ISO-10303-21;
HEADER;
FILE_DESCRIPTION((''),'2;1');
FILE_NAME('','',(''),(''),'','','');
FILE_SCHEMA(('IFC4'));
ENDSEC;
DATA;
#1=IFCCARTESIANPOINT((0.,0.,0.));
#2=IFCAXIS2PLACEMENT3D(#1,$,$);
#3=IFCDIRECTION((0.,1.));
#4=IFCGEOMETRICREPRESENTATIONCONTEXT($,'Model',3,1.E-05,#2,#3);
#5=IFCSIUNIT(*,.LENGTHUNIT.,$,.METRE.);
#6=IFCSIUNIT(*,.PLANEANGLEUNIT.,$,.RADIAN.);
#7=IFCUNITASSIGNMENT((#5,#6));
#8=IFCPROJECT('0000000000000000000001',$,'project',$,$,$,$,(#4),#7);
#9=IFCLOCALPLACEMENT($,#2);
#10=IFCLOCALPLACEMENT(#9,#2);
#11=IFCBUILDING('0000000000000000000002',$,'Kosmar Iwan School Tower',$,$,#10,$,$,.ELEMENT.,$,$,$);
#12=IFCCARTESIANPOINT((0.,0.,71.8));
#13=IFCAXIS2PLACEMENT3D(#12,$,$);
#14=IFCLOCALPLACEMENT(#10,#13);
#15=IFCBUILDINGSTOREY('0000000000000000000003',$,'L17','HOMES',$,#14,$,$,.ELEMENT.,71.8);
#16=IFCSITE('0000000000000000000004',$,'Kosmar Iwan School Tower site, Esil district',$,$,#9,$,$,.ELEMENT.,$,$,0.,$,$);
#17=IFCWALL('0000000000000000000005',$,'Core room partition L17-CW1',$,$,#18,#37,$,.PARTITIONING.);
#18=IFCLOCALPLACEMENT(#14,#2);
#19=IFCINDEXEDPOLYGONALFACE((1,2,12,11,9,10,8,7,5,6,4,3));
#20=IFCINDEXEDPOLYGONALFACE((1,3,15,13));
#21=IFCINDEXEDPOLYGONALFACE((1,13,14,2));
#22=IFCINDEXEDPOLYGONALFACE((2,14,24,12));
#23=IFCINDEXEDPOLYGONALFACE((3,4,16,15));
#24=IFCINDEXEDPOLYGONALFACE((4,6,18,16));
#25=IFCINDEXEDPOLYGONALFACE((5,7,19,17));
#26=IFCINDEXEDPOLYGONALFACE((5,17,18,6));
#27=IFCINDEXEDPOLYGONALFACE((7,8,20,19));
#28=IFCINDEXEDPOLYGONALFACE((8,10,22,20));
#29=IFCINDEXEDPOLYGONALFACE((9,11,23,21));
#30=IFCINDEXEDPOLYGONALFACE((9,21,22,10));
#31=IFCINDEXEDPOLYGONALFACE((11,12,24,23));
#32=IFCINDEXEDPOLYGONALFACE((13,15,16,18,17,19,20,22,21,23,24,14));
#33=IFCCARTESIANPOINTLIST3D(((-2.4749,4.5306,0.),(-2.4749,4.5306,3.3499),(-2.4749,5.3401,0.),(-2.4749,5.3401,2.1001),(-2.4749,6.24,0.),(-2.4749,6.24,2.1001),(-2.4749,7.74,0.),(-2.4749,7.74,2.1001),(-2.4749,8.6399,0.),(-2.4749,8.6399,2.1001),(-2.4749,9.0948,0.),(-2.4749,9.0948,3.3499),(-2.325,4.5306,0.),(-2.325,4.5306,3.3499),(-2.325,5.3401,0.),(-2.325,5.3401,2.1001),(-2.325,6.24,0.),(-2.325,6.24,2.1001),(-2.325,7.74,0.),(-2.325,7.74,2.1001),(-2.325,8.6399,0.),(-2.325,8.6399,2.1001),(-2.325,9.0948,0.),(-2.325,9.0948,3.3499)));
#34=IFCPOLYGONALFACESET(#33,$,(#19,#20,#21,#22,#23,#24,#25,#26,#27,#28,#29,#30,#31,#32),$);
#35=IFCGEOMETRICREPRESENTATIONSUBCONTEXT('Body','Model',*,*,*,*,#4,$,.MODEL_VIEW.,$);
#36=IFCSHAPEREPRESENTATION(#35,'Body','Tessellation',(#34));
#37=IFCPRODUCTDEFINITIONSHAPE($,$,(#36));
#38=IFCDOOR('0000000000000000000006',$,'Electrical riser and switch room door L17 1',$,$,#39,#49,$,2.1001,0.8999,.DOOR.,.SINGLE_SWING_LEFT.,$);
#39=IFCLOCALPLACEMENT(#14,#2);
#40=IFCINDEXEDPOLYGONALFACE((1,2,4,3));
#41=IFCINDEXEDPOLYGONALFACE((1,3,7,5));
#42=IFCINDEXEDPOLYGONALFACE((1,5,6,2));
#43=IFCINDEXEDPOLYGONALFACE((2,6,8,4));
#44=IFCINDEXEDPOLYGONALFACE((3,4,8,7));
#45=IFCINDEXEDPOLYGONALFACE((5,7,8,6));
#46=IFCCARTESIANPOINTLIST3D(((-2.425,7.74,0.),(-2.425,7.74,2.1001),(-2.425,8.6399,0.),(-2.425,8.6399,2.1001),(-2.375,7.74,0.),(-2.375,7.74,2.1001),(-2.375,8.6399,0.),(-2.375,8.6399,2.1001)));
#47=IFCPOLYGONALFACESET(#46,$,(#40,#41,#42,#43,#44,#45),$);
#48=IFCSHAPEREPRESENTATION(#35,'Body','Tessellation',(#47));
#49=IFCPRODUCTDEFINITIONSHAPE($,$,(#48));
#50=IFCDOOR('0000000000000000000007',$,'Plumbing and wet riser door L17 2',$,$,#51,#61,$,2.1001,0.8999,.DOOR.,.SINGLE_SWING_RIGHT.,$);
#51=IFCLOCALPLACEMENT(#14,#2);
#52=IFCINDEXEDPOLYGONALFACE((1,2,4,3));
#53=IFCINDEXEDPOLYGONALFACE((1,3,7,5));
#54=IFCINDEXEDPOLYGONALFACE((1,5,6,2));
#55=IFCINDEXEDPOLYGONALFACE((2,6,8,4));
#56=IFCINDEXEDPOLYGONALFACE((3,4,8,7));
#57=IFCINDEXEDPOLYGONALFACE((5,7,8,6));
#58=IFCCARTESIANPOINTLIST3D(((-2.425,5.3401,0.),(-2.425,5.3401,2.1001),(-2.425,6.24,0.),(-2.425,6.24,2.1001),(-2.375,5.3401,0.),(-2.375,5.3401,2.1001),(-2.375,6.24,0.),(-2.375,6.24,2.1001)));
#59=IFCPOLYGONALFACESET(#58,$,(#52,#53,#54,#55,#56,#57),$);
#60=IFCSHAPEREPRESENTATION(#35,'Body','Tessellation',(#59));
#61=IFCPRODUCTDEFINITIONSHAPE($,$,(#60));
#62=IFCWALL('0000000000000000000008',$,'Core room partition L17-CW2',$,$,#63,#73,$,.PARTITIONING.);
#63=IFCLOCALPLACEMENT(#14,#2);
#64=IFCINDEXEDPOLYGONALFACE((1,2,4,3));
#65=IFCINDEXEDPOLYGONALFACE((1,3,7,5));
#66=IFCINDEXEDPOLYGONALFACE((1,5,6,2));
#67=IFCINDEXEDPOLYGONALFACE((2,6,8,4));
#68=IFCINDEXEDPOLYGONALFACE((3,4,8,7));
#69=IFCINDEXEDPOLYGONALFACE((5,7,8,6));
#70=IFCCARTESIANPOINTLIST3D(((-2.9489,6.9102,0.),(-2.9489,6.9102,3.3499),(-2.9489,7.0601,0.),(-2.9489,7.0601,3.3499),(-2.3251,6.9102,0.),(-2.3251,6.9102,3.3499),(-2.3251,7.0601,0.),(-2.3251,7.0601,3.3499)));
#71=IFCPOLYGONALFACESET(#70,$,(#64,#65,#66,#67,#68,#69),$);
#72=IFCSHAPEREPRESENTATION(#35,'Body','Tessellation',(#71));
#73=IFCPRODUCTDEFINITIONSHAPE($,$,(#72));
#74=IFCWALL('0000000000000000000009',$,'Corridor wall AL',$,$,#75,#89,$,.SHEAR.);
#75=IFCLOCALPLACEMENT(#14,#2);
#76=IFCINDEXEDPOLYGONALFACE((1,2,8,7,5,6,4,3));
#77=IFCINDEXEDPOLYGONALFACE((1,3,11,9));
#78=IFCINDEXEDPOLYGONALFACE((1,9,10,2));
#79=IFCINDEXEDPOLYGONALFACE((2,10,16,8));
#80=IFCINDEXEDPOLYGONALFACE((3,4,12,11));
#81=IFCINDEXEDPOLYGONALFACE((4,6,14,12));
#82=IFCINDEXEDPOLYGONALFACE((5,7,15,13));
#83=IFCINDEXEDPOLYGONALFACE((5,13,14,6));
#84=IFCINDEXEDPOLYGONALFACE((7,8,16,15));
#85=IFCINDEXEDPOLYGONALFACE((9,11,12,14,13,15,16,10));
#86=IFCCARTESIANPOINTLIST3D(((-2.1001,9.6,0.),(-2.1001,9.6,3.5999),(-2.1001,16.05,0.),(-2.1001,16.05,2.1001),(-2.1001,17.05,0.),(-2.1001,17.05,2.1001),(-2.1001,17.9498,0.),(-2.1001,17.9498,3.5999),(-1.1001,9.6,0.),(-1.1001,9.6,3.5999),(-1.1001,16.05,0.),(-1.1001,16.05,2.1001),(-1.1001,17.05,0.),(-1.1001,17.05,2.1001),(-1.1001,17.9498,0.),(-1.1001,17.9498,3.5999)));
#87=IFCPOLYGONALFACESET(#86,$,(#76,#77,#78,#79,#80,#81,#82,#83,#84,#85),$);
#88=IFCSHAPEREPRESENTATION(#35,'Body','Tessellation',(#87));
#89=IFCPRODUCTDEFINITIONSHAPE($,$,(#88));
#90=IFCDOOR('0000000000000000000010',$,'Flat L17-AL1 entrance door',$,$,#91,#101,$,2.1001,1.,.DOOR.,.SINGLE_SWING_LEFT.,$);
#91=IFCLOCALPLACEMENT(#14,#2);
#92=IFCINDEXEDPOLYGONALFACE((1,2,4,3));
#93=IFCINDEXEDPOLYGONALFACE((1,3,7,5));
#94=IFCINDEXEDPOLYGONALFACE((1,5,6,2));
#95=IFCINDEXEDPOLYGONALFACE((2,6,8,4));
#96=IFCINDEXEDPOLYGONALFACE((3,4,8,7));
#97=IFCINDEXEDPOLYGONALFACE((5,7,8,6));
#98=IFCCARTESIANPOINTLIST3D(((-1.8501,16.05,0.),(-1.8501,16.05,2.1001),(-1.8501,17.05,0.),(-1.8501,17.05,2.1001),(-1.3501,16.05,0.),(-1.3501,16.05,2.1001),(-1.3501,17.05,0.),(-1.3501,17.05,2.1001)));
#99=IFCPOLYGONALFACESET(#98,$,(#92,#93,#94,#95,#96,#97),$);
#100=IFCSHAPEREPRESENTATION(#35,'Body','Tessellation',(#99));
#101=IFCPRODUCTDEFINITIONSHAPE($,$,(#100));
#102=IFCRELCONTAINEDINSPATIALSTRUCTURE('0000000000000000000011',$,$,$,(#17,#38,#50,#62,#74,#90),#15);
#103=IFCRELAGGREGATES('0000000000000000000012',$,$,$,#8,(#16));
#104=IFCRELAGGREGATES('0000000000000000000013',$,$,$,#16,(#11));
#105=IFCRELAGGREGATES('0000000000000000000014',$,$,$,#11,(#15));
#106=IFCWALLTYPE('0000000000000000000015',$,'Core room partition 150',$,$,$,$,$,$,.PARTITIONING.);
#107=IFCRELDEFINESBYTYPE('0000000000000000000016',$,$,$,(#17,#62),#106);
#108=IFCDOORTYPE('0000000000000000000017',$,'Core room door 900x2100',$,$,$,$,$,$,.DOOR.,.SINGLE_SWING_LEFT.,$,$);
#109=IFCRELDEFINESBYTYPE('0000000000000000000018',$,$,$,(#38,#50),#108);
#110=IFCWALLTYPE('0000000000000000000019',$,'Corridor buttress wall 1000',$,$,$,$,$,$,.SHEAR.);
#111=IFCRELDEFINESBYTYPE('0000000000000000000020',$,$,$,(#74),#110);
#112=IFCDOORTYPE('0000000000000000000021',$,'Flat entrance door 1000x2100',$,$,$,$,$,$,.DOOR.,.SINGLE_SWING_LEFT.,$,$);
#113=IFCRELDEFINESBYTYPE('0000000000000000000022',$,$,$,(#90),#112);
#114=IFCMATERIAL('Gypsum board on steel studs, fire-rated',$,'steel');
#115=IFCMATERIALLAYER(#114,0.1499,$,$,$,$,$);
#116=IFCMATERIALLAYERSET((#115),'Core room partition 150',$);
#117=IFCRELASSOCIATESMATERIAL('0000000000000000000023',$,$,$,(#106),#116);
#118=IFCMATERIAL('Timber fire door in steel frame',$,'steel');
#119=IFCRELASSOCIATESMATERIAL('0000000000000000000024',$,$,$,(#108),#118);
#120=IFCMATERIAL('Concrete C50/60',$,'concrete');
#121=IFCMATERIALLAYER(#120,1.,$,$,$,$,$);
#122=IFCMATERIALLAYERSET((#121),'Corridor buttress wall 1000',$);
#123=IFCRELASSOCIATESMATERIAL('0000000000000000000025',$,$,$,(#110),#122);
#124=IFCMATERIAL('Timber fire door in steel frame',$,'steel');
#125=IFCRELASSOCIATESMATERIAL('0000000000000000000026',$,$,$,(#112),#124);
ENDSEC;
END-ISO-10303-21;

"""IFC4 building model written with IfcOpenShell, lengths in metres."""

from ifc_helpers import new_model, si_unit, direction, frame, frame_2d, origin, place, context, subcontext, project, spatial, rectangle, extrude, material, layer, layer_set, type_object, element, fill, save


model = new_model("IFC4")

# Units and contexts
model_context = context("Model", 3, precision=1e-05, world=origin(), true_north=direction((0.0, 1.0)))
body_context = subcontext(model_context, "Body", "Model", "MODEL_VIEW")
ifc_project = project(units=[si_unit("LENGTHUNIT", "METRE"), si_unit("PLANEANGLEUNIT", "RADIAN")], contexts=[model_context])

# Site, building, storey
site_placement = place(None, origin())
site = spatial("IfcSite", under=ifc_project, at=site_placement, Name="Kosmar Iwan School Tower site, Esil district", CompositionType="ELEMENT", RefElevation=0.0)
building_placement = place(site_placement, origin())
building = spatial("IfcBuilding", under=site, at=building_placement, Name="Kosmar Iwan School Tower", CompositionType="ELEMENT")
storey_placement = place(building_placement, frame((0.0, 0.0, 71.8)))
storey = spatial("IfcBuildingStorey", under=building, at=storey_placement, Name="L17", Description="HOMES", CompositionType="ELEMENT", Elevation=71.8)

# Wall, openings, doors
ifc_material_1 = material(Name="Gypsum board on steel studs, fire-rated", Category="steel")
ifc_layer_1 = layer(ifc_material_1, 0.1499)
ifc_layer_set_1 = layer_set([ifc_layer_1], Name="Core room partition 150")
wall_type_1 = type_object("IfcWallType", Name="Core room partition 150", PredefinedType="PARTITIONING", material=ifc_layer_set_1)
wall_1_placement = place(storey_placement, frame((-2.3999, 9.095, 0.0), z_axis=(0.0, 0.0, 1.0), x_axis=(0.0, -1.0, 0.0)))
wall_1 = element("IfcWall", 1, at=wall_1_placement, inside=storey, type_object=wall_type_1, Name="Core room partition L17-CW1", PredefinedType="PARTITIONING", context=body_context, shape_type="SweptSolid", body=[
    extrude(rectangle(XDim=4.5642, YDim=0.1499, at=frame_2d((2.2822, 0.0))), origin(), (0.0, 0.0, 1.0), 3.3499),
])
opening_1_placement = place(wall_1_placement, frame((0.4551, 0.0, 0.0)))
opening_1 = element("IfcOpeningElement", 2, at=opening_1_placement, cuts=wall_1, PredefinedType="OPENING", context=body_context, shape_type="SweptSolid", body=[
    extrude(rectangle(XDim=0.8999, YDim=2.1001, at=frame_2d((0.45, 1.05))), frame((0.0, 0.0869, 0.0), z_axis=(0.0, -1.0, 0.0), x_axis=(1.0, 0.0, 0.0)), (0.0, 0.0, 1.0), 0.1738),
])
opening_2_placement = place(wall_1_placement, frame((2.855, 0.0, 0.0)))
opening_2 = element("IfcOpeningElement", 3, at=opening_2_placement, cuts=wall_1, PredefinedType="OPENING", context=body_context, shape_type="SweptSolid", body=[
    extrude(rectangle(XDim=0.8999, YDim=2.1001, at=frame_2d((0.45, 1.05))), frame((0.0, 0.0869, 0.0), z_axis=(0.0, -1.0, 0.0), x_axis=(1.0, 0.0, 0.0)), (0.0, 0.0, 1.0), 0.1738),
])
ifc_material_2 = material(Name="Timber fire door in steel frame", Category="steel")
door_type_1 = type_object("IfcDoorType", Name="Core room door 900x2100", OperationType="SINGLE_SWING_LEFT", PredefinedType="DOOR", material=ifc_material_2)
door_1_placement = place(opening_1_placement, origin())
door_1 = element("IfcDoor", 4, at=door_1_placement, inside=storey, type_object=door_type_1, Name="Electrical riser and switch room door L17 1", OperationType="SINGLE_SWING_LEFT", OverallHeight=2.1001, OverallWidth=0.8999, PredefinedType="DOOR", context=body_context, shape_type="SweptSolid", body=[
    extrude(rectangle(XDim=0.8999, YDim=2.1001, at=frame_2d((0.45, 1.05))), frame((0.0, 0.0249, 0.0), z_axis=(0.0, -1.0, 0.0), x_axis=(1.0, 0.0, 0.0)), (0.0, 0.0, 1.0), 0.05),
])
fill(opening_1, door_1)
door_2_placement = place(opening_2_placement, origin())
door_2 = element("IfcDoor", 5, at=door_2_placement, inside=storey, type_object=door_type_1, Name="Plumbing and wet riser door L17 2", OperationType="SINGLE_SWING_RIGHT", OverallHeight=2.1001, OverallWidth=0.8999, PredefinedType="DOOR", context=body_context, shape_type="SweptSolid", body=[
    extrude(rectangle(XDim=0.8999, YDim=2.1001, at=frame_2d((0.45, 1.05))), frame((0.0, 0.0249, 0.0), z_axis=(0.0, -1.0, 0.0), x_axis=(1.0, 0.0, 0.0)), (0.0, 0.0, 1.0), 0.05),
])
fill(opening_2, door_2)

# Wall
wall_2_placement = place(storey_placement, frame((-2.325, 6.9851, 0.0), z_axis=(0.0, 0.0, 1.0), x_axis=(-1.0, 0.0, 0.0)))
element("IfcWall", 6, at=wall_2_placement, inside=storey, type_object=wall_type_1, Name="Core room partition L17-CW2", PredefinedType="PARTITIONING", context=body_context, shape_type="SweptSolid", body=[
    extrude(rectangle(XDim=0.6238, YDim=0.1499, at=frame_2d((0.312, 0.0))), origin(), (0.0, 0.0, 1.0), 3.3499),
])

# Wall, opening, door
ifc_material_3 = material(Name="Concrete C50/60", Category="concrete")
ifc_layer_2 = layer(ifc_material_3, 1.0)
ifc_layer_set_2 = layer_set([ifc_layer_2], Name="Corridor buttress wall 1000")
wall_type_2 = type_object("IfcWallType", Name="Corridor buttress wall 1000", PredefinedType="SHEAR", material=ifc_layer_set_2)
wall_3_placement = place(storey_placement, frame((-1.6001, 9.6001, 0.0), z_axis=(0.0, 0.0, 1.0), x_axis=(0.0, 1.0, 0.0)))
wall_3 = element("IfcWall", 7, at=wall_3_placement, inside=storey, type_object=wall_type_2, Name="Corridor wall AL", PredefinedType="SHEAR", context=body_context, shape_type="SweptSolid", body=[
    extrude(rectangle(XDim=8.3499, YDim=1.0, at=frame_2d((4.1748, 0.0))), origin(), (0.0, 0.0, 1.0), 3.5999),
])
opening_3_placement = place(wall_3_placement, frame((6.45, 0.0, 0.0)))
opening_3 = element("IfcOpeningElement", 8, at=opening_3_placement, cuts=wall_3, PredefinedType="OPENING", context=body_context, shape_type="SweptSolid", body=[
    extrude(rectangle(XDim=1.0, YDim=2.1001, at=frame_2d((0.5, 1.05))), frame((0.0, 0.512, 0.0), z_axis=(0.0, -1.0, 0.0), x_axis=(1.0, 0.0, 0.0)), (0.0, 0.0, 1.0), 1.0239),
])
ifc_material_4 = material(Name="Timber fire door in steel frame", Category="steel")
door_type_2 = type_object("IfcDoorType", Name="Flat entrance door 1000x2100", OperationType="SINGLE_SWING_LEFT", PredefinedType="DOOR", material=ifc_material_4)
door_3_placement = place(opening_3_placement, origin())
door_3 = element("IfcDoor", 9, at=door_3_placement, inside=storey, type_object=door_type_2, Name="Flat L17-AL1 entrance door", OperationType="SINGLE_SWING_LEFT", OverallHeight=2.1001, OverallWidth=1.0, PredefinedType="DOOR", context=body_context, shape_type="SweptSolid", body=[
    extrude(rectangle(XDim=1.0, YDim=2.1001, at=frame_2d((0.5, 1.05))), frame((0.0, 0.25, 0.0), z_axis=(0.0, -1.0, 0.0), x_axis=(1.0, 0.0, 0.0)), (0.0, 0.0, 1.0), 0.5),
])
fill(opening_3, door_3)

save(model, "model.ifc")
